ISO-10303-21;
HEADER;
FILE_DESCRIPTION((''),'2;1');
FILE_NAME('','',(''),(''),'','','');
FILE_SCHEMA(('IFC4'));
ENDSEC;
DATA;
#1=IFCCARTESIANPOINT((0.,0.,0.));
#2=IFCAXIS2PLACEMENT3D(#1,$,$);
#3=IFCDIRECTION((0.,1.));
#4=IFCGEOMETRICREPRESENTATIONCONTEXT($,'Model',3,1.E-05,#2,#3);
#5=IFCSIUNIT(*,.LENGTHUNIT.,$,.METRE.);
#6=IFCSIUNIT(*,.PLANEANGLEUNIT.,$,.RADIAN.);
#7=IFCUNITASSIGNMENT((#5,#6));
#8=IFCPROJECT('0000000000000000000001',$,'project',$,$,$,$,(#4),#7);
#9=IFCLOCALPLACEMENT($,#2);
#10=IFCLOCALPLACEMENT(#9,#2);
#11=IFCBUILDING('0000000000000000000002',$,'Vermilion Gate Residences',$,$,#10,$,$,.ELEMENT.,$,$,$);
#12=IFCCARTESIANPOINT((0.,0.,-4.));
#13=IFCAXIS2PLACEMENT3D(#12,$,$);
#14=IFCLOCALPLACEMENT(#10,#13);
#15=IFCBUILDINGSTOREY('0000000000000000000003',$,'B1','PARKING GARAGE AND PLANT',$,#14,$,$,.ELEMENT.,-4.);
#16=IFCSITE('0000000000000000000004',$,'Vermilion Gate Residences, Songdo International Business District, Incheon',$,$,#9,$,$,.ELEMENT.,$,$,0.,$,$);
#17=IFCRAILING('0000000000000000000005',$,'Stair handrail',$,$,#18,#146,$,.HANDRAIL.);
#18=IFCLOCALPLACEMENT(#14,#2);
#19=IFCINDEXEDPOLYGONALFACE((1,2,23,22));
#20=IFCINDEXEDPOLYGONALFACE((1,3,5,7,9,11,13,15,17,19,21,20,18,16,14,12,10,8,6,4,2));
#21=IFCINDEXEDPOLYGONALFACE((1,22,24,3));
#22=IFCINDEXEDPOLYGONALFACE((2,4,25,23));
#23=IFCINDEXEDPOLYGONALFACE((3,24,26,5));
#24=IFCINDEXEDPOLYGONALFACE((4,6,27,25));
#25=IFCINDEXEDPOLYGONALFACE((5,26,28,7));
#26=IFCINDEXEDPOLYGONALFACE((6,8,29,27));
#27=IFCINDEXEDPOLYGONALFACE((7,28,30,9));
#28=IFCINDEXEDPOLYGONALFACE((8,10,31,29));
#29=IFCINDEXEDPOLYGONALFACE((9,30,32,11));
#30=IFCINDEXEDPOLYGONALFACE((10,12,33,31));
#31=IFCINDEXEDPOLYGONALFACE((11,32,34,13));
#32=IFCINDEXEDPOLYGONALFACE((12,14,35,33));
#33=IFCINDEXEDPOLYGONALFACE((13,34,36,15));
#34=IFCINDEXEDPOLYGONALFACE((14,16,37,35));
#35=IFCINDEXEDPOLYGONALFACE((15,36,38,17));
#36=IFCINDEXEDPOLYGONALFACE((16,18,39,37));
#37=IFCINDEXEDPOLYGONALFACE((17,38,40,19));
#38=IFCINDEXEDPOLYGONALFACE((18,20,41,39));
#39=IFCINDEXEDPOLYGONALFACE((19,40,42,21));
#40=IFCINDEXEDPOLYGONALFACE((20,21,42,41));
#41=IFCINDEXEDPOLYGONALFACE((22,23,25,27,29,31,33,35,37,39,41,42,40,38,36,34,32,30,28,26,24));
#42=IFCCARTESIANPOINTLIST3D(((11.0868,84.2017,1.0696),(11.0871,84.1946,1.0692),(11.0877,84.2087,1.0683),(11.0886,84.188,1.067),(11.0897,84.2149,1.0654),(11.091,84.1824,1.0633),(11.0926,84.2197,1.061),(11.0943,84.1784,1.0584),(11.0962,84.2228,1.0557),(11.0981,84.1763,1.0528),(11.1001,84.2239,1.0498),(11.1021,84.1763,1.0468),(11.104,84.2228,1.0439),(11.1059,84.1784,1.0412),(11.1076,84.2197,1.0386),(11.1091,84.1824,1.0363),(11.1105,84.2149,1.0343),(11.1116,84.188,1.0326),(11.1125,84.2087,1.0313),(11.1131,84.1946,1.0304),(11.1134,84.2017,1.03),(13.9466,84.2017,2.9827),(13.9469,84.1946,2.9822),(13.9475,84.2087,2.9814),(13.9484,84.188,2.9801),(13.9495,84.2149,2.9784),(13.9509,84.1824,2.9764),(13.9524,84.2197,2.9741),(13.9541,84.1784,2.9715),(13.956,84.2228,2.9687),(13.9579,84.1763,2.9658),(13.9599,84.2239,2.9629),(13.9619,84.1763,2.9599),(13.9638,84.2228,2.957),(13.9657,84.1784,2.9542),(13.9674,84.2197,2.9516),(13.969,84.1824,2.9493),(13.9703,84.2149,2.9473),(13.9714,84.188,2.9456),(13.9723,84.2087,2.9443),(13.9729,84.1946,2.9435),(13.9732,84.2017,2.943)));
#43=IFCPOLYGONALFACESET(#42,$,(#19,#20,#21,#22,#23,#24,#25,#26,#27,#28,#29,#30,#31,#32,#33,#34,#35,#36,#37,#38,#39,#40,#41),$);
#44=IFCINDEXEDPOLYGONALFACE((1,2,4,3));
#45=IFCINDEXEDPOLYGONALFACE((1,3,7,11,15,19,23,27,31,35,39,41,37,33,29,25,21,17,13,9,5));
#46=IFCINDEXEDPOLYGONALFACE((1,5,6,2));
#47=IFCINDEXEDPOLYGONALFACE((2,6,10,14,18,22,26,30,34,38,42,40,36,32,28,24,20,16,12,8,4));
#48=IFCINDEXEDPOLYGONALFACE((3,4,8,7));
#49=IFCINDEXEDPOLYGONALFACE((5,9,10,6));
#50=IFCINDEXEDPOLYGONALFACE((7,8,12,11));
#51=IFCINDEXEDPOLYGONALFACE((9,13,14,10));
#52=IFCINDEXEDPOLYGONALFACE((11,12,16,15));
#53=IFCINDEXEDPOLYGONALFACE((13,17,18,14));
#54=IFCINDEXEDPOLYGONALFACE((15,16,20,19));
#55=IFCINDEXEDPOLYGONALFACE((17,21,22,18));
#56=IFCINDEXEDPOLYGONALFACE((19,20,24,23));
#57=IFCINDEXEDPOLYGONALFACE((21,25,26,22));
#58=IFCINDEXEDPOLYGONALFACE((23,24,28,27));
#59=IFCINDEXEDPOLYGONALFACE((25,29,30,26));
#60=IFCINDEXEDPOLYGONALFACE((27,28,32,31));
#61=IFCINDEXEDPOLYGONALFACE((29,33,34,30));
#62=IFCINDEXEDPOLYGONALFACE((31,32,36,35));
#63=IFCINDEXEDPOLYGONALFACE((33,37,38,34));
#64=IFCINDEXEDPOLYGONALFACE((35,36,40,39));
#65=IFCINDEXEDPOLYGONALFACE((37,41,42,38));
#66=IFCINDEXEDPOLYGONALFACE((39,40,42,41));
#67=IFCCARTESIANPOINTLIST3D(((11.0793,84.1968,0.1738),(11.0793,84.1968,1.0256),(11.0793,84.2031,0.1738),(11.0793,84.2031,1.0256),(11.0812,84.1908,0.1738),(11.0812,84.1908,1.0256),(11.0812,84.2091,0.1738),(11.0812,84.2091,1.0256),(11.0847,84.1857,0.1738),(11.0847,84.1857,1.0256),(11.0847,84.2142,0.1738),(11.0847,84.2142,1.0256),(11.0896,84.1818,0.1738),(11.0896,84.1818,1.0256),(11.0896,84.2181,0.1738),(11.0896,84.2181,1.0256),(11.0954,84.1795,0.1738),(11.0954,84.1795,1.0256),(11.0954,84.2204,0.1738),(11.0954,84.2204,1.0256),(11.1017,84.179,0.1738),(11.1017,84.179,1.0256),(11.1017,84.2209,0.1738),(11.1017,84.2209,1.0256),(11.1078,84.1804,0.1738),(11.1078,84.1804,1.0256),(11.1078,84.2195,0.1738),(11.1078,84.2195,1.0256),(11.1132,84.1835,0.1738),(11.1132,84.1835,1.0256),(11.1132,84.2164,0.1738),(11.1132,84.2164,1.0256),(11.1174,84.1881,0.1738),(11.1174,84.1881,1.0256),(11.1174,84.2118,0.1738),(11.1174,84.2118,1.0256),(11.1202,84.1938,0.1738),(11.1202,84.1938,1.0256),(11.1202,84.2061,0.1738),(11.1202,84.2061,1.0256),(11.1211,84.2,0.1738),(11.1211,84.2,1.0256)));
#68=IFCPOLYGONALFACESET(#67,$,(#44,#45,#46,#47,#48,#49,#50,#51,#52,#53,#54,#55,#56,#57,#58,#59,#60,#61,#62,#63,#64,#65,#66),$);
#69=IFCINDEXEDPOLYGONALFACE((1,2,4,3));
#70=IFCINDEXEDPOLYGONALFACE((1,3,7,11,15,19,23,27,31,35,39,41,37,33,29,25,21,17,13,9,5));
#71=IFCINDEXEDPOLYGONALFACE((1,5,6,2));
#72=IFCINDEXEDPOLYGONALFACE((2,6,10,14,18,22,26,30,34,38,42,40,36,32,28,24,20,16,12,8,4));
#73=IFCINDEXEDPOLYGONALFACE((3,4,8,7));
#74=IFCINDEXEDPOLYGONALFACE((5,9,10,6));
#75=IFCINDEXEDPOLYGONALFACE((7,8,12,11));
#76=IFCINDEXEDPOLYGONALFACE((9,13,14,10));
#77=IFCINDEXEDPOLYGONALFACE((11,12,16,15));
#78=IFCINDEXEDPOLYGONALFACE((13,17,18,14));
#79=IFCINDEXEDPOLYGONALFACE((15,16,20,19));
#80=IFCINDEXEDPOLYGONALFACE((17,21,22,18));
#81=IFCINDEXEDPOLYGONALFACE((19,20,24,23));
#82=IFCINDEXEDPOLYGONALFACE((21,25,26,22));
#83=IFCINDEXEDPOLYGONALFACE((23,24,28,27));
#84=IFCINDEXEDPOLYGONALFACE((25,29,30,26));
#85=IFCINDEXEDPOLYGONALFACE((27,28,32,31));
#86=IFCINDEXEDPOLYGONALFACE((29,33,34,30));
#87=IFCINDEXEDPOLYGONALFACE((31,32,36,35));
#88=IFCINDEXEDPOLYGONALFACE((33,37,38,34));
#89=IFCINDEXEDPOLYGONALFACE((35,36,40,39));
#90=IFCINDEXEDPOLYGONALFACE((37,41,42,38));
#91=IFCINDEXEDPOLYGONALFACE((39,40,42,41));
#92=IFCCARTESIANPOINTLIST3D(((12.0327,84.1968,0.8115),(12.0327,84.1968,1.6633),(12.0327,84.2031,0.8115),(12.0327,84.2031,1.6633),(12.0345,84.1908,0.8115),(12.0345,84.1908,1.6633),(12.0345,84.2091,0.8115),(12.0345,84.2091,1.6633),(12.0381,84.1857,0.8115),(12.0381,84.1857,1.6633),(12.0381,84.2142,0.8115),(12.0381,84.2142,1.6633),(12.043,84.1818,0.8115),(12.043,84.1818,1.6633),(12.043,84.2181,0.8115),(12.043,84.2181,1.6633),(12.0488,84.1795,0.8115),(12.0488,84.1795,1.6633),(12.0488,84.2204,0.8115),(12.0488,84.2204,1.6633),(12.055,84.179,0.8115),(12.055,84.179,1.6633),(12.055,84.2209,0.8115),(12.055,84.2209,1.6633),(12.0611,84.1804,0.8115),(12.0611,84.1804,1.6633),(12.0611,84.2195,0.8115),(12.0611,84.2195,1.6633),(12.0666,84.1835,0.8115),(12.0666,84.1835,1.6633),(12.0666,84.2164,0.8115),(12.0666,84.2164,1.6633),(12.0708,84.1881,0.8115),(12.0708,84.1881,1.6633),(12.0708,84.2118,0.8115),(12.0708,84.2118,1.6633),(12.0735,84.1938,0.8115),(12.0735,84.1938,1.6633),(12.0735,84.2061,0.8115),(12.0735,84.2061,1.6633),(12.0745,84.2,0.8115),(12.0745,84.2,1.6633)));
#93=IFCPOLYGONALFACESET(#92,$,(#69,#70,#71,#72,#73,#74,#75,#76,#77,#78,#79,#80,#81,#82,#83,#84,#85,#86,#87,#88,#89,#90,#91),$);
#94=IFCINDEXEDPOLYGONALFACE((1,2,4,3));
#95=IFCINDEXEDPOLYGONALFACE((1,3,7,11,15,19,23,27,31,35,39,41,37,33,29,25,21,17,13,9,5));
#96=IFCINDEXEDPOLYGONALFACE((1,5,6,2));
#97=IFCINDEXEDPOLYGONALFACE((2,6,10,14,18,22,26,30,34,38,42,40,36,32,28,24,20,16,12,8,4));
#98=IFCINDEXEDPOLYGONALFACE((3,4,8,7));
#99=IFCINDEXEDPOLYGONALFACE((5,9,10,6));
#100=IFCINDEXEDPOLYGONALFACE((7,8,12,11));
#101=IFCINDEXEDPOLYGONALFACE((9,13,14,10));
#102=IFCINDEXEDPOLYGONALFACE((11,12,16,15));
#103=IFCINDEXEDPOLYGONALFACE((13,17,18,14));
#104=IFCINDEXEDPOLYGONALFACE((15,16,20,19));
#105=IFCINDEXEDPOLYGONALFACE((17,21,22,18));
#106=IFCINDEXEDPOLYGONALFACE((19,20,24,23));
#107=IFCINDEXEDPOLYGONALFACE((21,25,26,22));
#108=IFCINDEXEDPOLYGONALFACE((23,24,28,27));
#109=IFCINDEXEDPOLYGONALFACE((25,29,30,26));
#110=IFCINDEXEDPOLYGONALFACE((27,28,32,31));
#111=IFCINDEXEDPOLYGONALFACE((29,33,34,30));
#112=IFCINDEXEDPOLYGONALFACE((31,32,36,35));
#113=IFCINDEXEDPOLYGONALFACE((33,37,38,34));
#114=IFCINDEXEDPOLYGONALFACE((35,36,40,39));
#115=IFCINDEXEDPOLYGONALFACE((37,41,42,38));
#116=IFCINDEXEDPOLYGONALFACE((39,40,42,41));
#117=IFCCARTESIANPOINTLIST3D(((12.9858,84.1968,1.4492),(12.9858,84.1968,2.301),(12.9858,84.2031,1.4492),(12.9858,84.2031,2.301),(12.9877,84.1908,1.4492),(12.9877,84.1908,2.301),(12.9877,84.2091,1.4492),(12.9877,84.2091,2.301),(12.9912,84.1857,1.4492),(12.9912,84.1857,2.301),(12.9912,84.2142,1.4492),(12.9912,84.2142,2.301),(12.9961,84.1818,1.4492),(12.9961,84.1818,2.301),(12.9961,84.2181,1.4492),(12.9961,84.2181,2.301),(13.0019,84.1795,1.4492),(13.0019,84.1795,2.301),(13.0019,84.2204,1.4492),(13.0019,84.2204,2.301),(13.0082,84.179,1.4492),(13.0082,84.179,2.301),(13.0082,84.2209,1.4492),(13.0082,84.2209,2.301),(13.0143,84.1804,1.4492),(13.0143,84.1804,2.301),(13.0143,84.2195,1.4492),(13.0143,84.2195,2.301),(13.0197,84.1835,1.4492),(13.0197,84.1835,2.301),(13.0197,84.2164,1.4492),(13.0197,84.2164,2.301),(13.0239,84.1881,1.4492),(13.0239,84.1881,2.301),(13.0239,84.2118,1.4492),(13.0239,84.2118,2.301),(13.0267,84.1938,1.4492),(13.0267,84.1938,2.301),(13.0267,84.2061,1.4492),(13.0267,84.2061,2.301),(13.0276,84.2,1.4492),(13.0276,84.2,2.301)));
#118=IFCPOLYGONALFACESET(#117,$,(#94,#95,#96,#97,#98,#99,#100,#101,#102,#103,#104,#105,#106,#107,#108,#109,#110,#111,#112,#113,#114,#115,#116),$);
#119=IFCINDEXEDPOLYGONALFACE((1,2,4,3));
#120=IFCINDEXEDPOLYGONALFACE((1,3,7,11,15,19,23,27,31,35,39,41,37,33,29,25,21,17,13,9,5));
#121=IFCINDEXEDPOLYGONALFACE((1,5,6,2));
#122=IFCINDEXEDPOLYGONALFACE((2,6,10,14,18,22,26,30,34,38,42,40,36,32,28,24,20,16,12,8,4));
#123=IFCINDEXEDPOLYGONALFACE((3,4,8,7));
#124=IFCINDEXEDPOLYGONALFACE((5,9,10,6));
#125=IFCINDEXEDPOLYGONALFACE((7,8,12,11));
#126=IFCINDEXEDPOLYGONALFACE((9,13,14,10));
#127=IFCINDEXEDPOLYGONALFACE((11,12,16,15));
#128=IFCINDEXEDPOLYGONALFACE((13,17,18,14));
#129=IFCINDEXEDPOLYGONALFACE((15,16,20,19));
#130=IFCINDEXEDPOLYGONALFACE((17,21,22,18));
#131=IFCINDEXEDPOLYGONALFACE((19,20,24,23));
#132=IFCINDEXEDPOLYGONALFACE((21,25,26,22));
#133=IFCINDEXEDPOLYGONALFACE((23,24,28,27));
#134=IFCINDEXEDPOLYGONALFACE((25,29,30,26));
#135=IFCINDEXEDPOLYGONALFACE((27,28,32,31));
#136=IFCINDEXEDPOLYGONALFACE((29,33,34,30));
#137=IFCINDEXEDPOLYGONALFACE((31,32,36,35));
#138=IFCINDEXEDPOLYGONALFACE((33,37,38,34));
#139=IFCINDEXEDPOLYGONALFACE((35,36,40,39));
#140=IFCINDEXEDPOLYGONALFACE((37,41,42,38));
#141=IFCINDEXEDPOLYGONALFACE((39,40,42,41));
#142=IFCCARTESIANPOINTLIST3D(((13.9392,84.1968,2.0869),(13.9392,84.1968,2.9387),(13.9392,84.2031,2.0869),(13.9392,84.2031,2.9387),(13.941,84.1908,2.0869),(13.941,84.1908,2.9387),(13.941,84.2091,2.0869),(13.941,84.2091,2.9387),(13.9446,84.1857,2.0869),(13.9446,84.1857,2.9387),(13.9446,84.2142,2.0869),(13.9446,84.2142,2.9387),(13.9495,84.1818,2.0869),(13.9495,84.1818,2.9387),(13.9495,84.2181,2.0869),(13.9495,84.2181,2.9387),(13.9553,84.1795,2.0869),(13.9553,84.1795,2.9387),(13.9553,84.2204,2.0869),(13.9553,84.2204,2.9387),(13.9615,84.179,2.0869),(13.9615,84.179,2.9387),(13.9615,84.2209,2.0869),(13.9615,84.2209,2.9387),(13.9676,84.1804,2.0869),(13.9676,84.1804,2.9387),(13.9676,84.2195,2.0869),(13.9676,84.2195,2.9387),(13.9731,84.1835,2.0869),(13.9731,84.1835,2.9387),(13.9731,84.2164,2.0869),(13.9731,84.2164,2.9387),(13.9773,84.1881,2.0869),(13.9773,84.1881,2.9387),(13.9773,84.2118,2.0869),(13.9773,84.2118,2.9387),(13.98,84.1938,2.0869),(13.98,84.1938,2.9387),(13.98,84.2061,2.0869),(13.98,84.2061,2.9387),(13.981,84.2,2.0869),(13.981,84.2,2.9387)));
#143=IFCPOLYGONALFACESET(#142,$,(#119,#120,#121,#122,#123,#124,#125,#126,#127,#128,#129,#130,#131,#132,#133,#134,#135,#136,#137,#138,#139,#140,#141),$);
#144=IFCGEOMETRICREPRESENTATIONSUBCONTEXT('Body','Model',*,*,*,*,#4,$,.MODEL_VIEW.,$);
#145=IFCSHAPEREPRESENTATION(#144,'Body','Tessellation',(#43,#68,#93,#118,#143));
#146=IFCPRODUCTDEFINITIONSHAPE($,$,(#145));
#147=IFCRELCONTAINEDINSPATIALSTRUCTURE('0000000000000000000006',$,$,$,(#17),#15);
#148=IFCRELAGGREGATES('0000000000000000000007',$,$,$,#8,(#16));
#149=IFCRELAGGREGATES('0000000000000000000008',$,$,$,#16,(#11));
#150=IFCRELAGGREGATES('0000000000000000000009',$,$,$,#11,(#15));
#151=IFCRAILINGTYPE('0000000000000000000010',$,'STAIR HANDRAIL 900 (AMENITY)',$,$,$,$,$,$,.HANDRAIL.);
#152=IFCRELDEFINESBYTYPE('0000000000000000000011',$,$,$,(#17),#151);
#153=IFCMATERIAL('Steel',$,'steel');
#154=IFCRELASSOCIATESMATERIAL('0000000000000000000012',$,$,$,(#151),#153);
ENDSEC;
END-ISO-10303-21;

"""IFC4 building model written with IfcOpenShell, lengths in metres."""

from ifc_helpers import new_model, si_unit, direction, frame, origin, origin_2d, place, context, subcontext, project, spatial, circle, extrude, material, type_object, element, save


model = new_model("IFC4")

# Units and contexts
model_context = context("Model", 3, precision=1e-05, world=origin(), true_north=direction((0.0, 1.0)))
body_context = subcontext(model_context, "Body", "Model", "MODEL_VIEW")
ifc_project = project(units=[si_unit("LENGTHUNIT", "METRE"), si_unit("PLANEANGLEUNIT", "RADIAN")], contexts=[model_context])

# Site, building, storey
site_placement = place(None, origin())
site = spatial("IfcSite", under=ifc_project, at=site_placement, Name="Vermilion Gate Residences, Songdo International Business District, Incheon", CompositionType="ELEMENT", RefElevation=0.0)
building_placement = place(site_placement, origin())
building = spatial("IfcBuilding", under=site, at=building_placement, Name="Vermilion Gate Residences", CompositionType="ELEMENT")
storey_placement = place(building_placement, frame((0.0, 0.0, -4.0)))
storey = spatial("IfcBuildingStorey", under=building, at=storey_placement, Name="B1", Description="PARKING GARAGE AND PLANT", CompositionType="ELEMENT", Elevation=-4.0)

# Railing
ifc_material_1 = material(Name="Steel", Category="steel")
railing_type = type_object("IfcRailingType", Name="STAIR HANDRAIL 900 (AMENITY)", PredefinedType="HANDRAIL", material=ifc_material_1)
railing_1_placement = place(storey_placement, frame((11.1001, 84.2, 0.1738)))
element("IfcRailing", 1, at=railing_1_placement, inside=storey, type_object=railing_type, Name="Stair handrail", PredefinedType="HANDRAIL", context=body_context, shape_type="SweptSolid", body=[
    extrude(circle(Radius=0.0239, at=origin_2d()), frame((0.0, 0.0, 0.876), z_axis=(0.831176, 0.0, 0.556009), x_axis=(0.0, 1.0, 0.0)), (0.0, 0.0, 1.0), 3.4407),
    extrude(circle(Radius=0.021, at=origin_2d()), origin(), (0.0, 0.0, 1.0), 0.8518),
    extrude(circle(Radius=0.021, at=origin_2d()), frame((0.9534, 0.0, 0.6377)), (0.0, 0.0, 1.0), 0.8518),
    extrude(circle(Radius=0.021, at=origin_2d()), frame((1.9065, 0.0, 1.2754)), (0.0, 0.0, 1.0), 0.8518),
    extrude(circle(Radius=0.021, at=origin_2d()), frame((2.8599, 0.0, 1.9131)), (0.0, 0.0, 1.0), 0.8518),
])

save(model, "model.ifc")
